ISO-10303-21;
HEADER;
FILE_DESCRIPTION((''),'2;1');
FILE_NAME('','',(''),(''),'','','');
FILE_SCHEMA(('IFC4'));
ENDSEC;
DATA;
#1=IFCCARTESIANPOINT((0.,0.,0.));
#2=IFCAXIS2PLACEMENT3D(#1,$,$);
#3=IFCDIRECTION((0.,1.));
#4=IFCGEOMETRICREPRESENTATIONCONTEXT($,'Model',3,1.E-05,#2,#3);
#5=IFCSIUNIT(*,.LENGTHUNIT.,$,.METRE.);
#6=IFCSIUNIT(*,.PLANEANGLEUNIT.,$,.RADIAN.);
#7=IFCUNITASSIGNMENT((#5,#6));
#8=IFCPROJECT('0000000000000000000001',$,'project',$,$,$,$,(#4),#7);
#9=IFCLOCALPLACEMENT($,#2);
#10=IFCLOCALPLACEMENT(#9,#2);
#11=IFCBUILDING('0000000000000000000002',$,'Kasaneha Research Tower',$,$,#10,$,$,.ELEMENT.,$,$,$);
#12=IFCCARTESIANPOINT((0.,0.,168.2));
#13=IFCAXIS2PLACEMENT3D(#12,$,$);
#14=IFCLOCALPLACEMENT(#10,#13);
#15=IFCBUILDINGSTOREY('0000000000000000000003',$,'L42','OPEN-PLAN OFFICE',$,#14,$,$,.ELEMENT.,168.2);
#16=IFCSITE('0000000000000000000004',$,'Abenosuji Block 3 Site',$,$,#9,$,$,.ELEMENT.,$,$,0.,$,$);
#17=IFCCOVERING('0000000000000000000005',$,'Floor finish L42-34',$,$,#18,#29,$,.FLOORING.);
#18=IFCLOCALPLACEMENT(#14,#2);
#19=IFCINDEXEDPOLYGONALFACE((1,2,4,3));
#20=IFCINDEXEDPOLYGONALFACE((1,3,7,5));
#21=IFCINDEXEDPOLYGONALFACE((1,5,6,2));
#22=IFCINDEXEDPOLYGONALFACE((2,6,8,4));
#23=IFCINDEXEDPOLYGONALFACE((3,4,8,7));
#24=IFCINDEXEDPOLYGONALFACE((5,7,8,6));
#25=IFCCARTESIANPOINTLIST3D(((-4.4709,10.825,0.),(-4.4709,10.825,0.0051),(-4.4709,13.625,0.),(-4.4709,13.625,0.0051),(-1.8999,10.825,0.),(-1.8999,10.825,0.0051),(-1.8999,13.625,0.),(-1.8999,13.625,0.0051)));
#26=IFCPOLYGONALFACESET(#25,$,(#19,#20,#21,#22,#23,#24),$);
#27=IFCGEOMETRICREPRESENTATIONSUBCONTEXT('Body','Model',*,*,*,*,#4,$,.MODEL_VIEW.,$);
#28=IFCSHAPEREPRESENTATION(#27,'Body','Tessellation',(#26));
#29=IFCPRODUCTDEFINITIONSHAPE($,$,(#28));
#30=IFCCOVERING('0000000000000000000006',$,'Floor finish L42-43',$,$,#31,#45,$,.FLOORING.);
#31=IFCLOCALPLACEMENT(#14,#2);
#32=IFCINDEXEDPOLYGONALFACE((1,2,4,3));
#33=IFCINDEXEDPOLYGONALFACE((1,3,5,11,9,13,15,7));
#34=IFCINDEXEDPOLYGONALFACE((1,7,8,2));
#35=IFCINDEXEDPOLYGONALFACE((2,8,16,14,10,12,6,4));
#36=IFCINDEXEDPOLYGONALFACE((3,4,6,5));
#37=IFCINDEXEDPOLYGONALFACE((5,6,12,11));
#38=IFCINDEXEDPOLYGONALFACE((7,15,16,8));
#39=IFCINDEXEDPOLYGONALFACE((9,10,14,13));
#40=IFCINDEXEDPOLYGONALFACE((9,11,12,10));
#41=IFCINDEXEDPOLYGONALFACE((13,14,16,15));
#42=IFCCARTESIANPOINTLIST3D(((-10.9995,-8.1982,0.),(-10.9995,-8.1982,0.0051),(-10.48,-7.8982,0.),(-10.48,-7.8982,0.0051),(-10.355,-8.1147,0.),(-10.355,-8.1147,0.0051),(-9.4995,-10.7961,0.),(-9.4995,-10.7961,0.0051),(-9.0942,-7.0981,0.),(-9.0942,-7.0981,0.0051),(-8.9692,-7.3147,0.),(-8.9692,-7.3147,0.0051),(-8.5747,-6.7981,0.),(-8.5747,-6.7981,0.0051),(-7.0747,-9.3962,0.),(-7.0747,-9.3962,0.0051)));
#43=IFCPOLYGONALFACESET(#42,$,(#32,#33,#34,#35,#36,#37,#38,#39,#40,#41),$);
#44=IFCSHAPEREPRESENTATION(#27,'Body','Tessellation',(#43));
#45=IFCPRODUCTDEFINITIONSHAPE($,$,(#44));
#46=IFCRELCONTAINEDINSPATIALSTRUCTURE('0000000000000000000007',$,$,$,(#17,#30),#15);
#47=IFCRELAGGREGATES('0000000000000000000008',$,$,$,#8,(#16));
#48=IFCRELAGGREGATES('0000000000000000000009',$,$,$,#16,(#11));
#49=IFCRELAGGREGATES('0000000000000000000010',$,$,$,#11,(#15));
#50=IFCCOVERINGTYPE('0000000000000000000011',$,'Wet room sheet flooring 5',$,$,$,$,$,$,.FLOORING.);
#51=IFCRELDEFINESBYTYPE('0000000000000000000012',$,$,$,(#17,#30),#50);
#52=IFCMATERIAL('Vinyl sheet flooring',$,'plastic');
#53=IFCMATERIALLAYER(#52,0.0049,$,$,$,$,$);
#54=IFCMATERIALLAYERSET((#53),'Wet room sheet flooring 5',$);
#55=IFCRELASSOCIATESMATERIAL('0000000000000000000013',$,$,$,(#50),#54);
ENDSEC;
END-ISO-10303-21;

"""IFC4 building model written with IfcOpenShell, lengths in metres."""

from ifc_helpers import new_model, si_unit, direction, frame, origin, place, context, subcontext, project, spatial, polyline, outline, extrude, material, layer, layer_set, type_object, element, save


model = new_model("IFC4")

# Units and contexts
model_context = context("Model", 3, precision=1e-05, world=origin(), true_north=direction((0.0, 1.0)))
body_context = subcontext(model_context, "Body", "Model", "MODEL_VIEW")
ifc_project = project(units=[si_unit("LENGTHUNIT", "METRE"), si_unit("PLANEANGLEUNIT", "RADIAN")], contexts=[model_context])

# Site, building, storey
site_placement = place(None, origin())
site = spatial("IfcSite", under=ifc_project, at=site_placement, Name="Abenosuji Block 3 Site", CompositionType="ELEMENT", RefElevation=0.0)
building_placement = place(site_placement, origin())
building = spatial("IfcBuilding", under=site, at=building_placement, Name="Kasaneha Research Tower", CompositionType="ELEMENT")
storey_placement = place(building_placement, frame((0.0, 0.0, 168.2)))
storey = spatial("IfcBuildingStorey", under=building, at=storey_placement, Name="L42", Description="OPEN-PLAN OFFICE", CompositionType="ELEMENT", Elevation=168.2)

# Coverings
ifc_material_1 = material(Name="Vinyl sheet flooring", Category="plastic")
ifc_layer_1 = layer(ifc_material_1, 0.0049)
ifc_layer_set_1 = layer_set([ifc_layer_1], Name="Wet room sheet flooring 5")
covering_type_1 = type_object("IfcCoveringType", Name="Wet room sheet flooring 5", PredefinedType="FLOORING", material=ifc_layer_set_1)
covering_1_placement = place(storey_placement, origin())
element("IfcCovering", 1, at=covering_1_placement, inside=storey, type_object=covering_type_1, Name="Floor finish L42-34", PredefinedType="FLOORING", context=body_context, shape_type="SweptSolid", body=[
    extrude(outline(polyline([(-1.8999, 13.625), (-1.8999, 10.825), (-4.4709, 10.825), (-4.4709, 13.625), (-1.8999, 13.625)])), origin(), (0.0, 0.0, 1.0), 0.0051),
])
covering_2_placement = place(storey_placement, origin())
element("IfcCovering", 2, at=covering_2_placement, inside=storey, type_object=covering_type_1, Name="Floor finish L42-43", PredefinedType="FLOORING", context=body_context, shape_type="SweptSolid", body=[
    extrude(outline(polyline([(-10.9995, -8.1982), (-10.48, -7.8982), (-10.355, -8.1147), (-8.9692, -7.3147), (-9.0942, -7.0981), (-8.5747, -6.7981), (-7.0747, -9.3962), (-9.4995, -10.7961), (-10.9995, -8.1982)])), origin(), (0.0, 0.0, 1.0), 0.0051),
])

save(model, "model.ifc")
